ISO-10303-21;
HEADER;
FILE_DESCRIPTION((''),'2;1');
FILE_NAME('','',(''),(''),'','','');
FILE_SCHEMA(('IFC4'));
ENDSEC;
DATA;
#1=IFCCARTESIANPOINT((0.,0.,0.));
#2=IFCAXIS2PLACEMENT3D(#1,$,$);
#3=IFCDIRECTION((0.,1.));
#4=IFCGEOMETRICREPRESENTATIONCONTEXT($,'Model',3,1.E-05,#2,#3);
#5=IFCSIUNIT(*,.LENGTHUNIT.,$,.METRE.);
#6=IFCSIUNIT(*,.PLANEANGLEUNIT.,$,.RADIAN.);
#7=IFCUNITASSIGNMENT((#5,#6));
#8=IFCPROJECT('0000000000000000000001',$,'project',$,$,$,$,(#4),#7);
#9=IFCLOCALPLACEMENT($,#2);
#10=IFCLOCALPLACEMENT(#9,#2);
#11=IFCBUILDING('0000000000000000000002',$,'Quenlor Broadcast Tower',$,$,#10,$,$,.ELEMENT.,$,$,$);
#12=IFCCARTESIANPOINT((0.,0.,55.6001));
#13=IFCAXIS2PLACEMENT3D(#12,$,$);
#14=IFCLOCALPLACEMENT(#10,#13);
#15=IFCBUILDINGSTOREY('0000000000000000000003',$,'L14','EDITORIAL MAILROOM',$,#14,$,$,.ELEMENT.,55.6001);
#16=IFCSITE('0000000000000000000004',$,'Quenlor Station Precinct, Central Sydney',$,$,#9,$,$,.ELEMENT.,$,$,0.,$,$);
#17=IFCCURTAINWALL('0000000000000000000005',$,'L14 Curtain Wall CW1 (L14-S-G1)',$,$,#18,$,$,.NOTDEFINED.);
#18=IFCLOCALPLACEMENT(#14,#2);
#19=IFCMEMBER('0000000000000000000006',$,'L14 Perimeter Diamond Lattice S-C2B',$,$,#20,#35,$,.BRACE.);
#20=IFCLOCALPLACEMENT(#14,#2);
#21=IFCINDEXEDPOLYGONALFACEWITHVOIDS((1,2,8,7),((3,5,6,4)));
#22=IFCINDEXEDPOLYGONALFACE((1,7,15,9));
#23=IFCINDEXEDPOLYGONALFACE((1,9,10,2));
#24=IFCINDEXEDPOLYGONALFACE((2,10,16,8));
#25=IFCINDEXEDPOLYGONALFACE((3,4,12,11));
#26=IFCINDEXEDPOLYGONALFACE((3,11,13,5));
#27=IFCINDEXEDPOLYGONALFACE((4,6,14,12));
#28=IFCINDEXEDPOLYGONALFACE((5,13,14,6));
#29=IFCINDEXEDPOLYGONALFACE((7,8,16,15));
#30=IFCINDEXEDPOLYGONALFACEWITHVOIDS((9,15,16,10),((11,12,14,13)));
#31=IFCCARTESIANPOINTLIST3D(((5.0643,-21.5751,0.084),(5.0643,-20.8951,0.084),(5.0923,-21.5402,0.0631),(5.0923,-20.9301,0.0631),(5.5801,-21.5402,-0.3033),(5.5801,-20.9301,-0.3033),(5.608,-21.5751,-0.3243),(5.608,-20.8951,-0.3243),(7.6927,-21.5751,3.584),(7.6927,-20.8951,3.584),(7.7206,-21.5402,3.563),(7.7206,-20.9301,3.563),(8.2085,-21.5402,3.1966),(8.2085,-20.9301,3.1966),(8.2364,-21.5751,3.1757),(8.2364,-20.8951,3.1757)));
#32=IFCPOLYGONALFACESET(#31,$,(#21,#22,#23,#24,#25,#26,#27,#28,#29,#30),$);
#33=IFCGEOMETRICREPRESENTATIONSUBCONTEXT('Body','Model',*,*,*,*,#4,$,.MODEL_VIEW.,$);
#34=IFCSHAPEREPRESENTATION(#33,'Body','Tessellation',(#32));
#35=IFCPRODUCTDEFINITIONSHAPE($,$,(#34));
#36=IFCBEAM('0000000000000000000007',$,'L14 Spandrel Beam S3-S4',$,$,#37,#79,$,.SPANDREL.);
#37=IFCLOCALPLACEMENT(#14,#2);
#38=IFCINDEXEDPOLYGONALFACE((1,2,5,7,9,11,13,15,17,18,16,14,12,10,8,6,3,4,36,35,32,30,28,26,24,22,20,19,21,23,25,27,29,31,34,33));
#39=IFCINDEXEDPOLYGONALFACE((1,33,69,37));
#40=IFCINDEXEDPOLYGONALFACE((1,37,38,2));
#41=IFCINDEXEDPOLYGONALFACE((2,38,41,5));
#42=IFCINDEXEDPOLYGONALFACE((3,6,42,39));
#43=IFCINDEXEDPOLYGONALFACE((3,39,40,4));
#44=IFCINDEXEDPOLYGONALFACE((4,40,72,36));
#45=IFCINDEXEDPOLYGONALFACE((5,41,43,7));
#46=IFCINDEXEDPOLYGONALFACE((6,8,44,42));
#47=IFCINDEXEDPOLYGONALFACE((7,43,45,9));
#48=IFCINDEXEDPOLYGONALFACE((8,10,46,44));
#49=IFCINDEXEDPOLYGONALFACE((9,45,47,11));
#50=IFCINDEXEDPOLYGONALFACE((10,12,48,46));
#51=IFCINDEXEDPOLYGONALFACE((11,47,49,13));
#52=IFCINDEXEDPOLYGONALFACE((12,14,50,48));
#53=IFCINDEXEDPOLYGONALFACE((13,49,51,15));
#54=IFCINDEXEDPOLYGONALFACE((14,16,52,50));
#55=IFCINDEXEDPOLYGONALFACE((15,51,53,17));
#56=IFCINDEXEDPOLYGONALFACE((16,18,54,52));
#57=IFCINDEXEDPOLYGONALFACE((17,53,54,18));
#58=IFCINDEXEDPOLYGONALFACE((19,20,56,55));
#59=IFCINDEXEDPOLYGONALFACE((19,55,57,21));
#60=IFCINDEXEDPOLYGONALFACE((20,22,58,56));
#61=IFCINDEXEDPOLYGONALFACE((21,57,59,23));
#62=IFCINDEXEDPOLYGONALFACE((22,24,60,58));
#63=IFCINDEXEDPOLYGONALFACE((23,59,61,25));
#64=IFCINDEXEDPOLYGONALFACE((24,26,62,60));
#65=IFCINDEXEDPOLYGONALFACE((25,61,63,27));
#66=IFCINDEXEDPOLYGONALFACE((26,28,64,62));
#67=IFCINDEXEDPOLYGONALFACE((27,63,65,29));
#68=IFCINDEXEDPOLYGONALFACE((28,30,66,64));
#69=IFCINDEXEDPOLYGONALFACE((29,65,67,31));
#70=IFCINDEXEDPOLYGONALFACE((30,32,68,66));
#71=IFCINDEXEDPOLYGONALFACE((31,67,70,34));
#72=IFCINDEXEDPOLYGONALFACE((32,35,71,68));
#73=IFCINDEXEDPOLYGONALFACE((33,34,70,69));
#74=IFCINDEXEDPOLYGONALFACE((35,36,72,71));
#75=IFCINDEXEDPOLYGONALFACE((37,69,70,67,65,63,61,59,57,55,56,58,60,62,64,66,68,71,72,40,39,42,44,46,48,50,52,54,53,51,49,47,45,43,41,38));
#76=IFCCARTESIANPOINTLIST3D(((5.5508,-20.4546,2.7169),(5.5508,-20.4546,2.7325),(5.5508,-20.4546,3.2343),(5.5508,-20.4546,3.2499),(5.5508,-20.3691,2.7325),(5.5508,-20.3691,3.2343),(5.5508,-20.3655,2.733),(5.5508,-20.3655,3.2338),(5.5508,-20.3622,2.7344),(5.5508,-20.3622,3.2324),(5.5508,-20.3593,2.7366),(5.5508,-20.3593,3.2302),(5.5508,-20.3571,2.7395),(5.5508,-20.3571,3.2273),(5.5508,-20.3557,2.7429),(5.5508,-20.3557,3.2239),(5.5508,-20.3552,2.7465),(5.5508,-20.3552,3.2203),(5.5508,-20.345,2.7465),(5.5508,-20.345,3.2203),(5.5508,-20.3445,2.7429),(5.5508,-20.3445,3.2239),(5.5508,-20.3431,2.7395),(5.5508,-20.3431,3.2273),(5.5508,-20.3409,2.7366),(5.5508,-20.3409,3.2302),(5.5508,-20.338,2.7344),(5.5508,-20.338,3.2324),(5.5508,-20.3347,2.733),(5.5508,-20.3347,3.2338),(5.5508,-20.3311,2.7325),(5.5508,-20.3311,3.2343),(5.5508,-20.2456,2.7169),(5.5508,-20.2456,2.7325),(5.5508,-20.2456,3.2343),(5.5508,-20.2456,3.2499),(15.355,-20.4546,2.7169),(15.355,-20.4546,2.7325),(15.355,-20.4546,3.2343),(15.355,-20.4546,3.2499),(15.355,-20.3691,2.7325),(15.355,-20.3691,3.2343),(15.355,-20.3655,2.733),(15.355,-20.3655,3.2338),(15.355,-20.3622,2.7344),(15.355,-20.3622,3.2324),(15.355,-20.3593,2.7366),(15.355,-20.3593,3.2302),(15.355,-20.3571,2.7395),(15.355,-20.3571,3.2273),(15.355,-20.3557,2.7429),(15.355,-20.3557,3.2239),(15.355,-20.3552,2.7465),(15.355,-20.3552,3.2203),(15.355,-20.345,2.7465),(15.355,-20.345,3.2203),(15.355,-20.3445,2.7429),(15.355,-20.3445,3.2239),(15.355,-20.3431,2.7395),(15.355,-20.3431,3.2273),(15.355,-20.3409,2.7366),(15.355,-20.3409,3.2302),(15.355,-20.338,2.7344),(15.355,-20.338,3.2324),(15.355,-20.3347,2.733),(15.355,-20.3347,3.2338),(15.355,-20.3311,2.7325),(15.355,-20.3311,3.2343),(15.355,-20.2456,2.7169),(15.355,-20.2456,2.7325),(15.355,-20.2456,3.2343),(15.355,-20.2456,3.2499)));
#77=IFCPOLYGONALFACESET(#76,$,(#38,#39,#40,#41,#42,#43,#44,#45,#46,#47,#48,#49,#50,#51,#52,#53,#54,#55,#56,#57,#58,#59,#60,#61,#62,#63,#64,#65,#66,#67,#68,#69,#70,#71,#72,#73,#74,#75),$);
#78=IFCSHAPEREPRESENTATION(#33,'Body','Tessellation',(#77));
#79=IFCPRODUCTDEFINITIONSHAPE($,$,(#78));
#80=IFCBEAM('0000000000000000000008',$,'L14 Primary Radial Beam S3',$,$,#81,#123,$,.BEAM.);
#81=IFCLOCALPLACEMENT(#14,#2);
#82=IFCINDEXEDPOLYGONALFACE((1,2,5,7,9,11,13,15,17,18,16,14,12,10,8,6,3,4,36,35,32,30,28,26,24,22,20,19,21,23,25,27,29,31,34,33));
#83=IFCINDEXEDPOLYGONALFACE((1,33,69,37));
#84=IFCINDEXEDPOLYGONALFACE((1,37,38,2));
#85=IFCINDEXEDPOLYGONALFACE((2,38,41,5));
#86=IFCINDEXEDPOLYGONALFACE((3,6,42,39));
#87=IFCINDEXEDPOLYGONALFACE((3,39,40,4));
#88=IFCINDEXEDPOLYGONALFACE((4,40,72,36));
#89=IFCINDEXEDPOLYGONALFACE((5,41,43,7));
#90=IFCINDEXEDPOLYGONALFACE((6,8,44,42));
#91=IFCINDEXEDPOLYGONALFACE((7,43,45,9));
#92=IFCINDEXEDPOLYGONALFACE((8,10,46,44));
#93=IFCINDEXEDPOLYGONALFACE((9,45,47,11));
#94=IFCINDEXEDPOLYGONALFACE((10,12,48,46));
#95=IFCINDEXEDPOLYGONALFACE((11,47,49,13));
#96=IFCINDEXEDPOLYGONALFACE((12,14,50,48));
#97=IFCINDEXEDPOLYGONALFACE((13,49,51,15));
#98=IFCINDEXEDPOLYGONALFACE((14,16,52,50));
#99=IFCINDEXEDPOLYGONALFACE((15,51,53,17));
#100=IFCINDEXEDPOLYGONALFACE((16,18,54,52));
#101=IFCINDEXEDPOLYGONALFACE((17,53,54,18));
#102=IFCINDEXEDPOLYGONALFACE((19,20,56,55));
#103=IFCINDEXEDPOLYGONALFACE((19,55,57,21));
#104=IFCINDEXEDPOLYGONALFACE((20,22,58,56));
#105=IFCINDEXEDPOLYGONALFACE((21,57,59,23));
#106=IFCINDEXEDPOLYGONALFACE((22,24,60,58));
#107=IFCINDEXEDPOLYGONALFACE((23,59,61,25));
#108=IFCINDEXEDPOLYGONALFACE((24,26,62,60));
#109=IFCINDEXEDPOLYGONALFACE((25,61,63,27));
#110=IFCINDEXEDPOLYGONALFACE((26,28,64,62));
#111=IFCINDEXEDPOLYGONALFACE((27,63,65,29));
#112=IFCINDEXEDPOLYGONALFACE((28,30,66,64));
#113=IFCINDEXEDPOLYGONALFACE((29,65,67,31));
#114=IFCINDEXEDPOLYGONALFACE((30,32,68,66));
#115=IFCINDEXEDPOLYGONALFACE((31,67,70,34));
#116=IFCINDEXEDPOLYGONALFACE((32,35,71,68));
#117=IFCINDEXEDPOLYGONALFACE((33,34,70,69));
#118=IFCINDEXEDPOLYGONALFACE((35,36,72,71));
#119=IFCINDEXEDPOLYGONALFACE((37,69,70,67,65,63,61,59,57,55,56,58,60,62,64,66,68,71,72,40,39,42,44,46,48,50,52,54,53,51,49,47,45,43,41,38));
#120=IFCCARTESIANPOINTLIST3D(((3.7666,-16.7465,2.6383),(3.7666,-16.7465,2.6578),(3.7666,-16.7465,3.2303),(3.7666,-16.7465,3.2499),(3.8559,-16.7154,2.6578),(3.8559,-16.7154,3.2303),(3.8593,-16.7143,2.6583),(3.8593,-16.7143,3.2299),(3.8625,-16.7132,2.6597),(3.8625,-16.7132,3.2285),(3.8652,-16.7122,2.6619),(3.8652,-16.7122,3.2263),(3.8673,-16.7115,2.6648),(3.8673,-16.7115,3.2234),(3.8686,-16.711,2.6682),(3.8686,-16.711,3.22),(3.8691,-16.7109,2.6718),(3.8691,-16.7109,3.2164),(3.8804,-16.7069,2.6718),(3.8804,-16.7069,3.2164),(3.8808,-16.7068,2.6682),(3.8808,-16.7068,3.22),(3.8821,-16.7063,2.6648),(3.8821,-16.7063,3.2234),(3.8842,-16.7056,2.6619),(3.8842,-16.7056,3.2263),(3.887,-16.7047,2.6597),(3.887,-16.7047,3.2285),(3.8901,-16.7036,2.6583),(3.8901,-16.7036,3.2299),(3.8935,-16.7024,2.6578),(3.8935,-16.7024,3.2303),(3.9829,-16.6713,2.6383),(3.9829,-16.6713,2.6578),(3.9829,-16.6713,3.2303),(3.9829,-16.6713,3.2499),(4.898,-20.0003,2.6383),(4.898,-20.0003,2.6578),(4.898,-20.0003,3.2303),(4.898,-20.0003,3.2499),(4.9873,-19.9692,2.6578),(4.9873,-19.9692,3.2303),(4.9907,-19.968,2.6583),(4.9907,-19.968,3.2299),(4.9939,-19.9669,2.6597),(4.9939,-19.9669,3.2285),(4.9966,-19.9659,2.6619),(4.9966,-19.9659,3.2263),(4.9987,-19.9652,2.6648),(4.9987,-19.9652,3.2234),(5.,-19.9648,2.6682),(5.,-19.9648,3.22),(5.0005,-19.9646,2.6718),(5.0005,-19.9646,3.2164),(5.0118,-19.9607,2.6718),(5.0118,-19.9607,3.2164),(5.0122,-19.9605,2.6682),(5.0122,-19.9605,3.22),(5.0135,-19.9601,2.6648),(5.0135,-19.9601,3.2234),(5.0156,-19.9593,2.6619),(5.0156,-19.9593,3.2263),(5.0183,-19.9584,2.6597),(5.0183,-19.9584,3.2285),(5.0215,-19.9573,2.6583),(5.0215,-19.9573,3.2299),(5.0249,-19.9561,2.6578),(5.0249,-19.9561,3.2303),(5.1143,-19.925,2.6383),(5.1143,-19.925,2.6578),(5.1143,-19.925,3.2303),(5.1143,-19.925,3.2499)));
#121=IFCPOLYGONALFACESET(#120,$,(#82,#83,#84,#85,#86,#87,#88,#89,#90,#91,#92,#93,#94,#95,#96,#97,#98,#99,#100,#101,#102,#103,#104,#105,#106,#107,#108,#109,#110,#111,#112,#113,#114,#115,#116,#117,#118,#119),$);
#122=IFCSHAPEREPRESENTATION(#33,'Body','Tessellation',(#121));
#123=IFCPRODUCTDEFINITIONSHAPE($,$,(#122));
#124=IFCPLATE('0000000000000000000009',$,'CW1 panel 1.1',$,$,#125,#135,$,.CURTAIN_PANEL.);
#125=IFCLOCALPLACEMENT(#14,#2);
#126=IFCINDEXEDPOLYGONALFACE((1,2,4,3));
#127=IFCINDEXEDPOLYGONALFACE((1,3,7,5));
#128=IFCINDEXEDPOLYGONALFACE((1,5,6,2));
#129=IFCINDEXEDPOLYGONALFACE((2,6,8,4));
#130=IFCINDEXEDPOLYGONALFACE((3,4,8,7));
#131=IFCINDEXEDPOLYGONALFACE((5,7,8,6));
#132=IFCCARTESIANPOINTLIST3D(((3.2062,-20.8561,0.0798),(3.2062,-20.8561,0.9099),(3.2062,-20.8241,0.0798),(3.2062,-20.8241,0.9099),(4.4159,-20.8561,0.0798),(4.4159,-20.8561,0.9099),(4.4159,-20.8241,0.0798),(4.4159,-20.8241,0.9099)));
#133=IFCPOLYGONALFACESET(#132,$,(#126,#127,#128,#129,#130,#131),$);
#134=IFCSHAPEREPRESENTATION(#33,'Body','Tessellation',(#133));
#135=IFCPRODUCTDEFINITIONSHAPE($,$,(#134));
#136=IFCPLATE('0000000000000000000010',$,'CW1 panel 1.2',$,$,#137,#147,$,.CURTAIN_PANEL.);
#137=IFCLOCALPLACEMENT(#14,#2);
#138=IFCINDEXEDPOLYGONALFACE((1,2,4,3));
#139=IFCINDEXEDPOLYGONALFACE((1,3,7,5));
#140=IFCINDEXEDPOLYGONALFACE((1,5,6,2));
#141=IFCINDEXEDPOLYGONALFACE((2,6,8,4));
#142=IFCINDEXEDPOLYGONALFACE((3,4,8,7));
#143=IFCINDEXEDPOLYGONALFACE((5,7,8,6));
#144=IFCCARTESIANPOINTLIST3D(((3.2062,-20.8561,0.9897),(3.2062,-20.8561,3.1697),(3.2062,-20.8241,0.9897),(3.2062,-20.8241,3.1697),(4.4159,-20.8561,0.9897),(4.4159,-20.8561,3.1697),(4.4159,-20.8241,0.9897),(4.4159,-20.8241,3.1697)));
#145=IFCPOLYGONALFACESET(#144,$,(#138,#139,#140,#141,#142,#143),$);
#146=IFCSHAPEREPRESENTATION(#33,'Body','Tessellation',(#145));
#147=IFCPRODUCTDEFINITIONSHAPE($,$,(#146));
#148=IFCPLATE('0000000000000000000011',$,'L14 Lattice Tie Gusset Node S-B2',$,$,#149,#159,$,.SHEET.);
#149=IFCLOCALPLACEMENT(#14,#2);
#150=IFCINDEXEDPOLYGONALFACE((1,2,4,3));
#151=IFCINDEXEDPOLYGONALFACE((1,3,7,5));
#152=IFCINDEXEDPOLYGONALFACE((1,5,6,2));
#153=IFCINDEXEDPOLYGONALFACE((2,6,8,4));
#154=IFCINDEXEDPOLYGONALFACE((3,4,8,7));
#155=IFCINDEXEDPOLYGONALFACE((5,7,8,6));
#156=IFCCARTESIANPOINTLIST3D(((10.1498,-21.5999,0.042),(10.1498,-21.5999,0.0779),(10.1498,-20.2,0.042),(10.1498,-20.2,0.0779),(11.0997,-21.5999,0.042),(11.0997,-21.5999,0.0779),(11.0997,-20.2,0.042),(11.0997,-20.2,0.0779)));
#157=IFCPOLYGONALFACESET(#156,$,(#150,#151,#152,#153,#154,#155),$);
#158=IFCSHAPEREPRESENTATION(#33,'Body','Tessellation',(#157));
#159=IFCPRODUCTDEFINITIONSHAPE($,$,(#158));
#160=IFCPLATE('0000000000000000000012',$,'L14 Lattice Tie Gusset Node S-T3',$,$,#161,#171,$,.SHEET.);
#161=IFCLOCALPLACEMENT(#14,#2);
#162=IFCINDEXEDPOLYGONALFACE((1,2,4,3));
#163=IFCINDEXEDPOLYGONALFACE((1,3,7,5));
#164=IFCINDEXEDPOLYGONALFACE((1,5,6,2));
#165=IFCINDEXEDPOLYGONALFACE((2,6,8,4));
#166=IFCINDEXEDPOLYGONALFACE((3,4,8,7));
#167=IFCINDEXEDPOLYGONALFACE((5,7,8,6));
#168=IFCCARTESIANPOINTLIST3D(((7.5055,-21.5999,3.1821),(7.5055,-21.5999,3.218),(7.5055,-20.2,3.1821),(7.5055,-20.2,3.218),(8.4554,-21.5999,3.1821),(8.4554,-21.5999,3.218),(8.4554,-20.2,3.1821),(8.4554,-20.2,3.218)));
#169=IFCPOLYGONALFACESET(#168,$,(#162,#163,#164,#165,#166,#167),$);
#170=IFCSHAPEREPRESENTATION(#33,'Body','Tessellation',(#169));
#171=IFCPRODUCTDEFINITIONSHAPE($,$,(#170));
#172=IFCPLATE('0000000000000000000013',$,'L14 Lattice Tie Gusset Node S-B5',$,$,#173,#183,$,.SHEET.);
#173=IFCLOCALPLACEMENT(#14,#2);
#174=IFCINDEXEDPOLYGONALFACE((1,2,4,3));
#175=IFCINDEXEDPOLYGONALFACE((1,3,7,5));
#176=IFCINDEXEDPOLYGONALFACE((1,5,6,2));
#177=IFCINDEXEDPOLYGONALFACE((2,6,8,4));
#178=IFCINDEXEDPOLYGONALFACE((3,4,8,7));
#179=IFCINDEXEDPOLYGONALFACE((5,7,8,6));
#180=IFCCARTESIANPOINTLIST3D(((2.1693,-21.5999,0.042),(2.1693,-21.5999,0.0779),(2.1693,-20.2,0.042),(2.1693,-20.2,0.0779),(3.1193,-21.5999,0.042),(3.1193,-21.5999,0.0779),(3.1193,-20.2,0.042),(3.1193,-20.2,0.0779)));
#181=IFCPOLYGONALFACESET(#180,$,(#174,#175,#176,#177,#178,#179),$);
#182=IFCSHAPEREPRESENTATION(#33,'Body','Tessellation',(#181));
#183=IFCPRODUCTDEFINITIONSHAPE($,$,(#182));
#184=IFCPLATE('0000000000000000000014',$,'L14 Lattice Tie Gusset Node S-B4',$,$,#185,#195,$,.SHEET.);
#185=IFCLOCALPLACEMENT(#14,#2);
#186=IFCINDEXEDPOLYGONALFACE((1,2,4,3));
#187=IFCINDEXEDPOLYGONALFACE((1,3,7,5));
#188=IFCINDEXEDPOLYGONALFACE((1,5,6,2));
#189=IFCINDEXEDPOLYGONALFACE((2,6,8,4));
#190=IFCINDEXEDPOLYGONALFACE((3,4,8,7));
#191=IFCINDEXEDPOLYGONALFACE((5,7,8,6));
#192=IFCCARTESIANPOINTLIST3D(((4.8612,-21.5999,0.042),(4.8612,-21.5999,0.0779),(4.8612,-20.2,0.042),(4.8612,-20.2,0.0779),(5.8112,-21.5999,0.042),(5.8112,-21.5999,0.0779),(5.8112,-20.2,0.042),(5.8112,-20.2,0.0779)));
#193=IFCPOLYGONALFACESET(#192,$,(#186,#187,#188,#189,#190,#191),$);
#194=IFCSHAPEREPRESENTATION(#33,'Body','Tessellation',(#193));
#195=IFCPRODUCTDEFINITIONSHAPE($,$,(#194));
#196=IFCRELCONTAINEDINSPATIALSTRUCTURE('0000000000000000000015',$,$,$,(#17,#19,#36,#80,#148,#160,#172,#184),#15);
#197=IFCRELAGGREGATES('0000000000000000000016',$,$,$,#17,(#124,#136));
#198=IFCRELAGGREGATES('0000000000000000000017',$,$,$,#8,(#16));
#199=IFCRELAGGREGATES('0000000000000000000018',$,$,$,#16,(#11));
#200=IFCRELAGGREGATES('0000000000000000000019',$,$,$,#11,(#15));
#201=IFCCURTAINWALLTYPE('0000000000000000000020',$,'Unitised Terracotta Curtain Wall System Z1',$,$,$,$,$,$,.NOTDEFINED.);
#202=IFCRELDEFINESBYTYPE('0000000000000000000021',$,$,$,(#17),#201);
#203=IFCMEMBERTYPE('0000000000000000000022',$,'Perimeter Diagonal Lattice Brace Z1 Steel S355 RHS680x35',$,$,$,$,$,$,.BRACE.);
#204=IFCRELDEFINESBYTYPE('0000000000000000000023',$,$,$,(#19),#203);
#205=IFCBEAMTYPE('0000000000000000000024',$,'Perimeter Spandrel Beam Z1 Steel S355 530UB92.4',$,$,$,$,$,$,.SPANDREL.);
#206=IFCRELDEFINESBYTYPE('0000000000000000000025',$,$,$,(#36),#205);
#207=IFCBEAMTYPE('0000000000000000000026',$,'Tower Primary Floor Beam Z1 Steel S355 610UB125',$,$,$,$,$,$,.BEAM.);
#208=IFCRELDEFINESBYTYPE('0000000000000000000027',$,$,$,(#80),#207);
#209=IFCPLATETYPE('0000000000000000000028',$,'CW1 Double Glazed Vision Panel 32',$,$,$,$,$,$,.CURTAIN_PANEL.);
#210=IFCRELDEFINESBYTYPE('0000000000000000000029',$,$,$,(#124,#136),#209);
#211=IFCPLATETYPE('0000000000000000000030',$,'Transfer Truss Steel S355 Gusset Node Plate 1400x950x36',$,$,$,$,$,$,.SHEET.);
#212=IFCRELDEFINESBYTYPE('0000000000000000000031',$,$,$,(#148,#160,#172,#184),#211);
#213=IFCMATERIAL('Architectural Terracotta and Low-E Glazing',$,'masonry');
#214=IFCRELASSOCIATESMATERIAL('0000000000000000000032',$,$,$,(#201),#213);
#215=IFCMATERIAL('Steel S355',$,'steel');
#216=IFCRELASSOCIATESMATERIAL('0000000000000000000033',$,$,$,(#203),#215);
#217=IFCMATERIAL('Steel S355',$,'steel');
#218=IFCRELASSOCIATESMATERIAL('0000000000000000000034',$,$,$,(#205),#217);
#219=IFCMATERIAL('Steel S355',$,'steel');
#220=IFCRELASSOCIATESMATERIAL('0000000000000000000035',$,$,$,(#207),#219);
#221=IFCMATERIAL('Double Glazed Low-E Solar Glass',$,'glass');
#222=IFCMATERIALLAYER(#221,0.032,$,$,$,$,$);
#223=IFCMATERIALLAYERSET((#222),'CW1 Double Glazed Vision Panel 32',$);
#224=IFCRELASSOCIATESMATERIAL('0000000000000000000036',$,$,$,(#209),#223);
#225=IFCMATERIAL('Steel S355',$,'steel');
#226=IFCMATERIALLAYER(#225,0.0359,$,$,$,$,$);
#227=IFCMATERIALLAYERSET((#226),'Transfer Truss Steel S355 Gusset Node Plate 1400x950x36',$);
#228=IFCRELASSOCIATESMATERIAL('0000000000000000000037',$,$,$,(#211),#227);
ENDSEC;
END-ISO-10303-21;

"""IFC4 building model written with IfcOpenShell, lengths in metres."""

from ifc_helpers import new_model, si_unit, direction, frame, origin, origin_2d, place, context, subcontext, project, spatial, rectangle, hollow_rectangle, i_section, extrude, material, layer, layer_set, material_profile, profile_set, type_object, element, aggregate, save


model = new_model("IFC4")

# Units and contexts
model_context = context("Model", 3, precision=1e-05, world=origin(), true_north=direction((0.0, 1.0)))
body_context = subcontext(model_context, "Body", "Model", "MODEL_VIEW")
ifc_project = project(units=[si_unit("LENGTHUNIT", "METRE"), si_unit("PLANEANGLEUNIT", "RADIAN")], contexts=[model_context])

# Site, building, storey
site_placement = place(None, origin())
site = spatial("IfcSite", under=ifc_project, at=site_placement, Name="Quenlor Station Precinct, Central Sydney", CompositionType="ELEMENT", RefElevation=0.0)
building_placement = place(site_placement, origin())
building = spatial("IfcBuilding", under=site, at=building_placement, Name="Quenlor Broadcast Tower", CompositionType="ELEMENT")
storey_placement = place(building_placement, frame((0.0, 0.0, 55.6001)))
storey = spatial("IfcBuildingStorey", under=building, at=storey_placement, Name="L14", Description="EDITORIAL MAILROOM", CompositionType="ELEMENT", Elevation=55.6001)

# Curtain wall
ifc_material_1 = material(Name="Architectural Terracotta and Low-E Glazing", Category="masonry")
curtain_wall_type = type_object("IfcCurtainWallType", Name="Unitised Terracotta Curtain Wall System Z1", PredefinedType="NOTDEFINED", material=ifc_material_1)
curtain_wall_placement = place(storey_placement, origin())
curtain_wall = element("IfcCurtainWall", 1, at=curtain_wall_placement, inside=storey, type_object=curtain_wall_type, Name="L14 Curtain Wall CW1 (L14-S-G1)", PredefinedType="NOTDEFINED")

# Member
ifc_material_2 = material(Name="Steel S355", Category="steel")
ifc_material_profile_1 = material_profile(ifc_material_2, hollow_rectangle(XDim=0.6799, YDim=0.6799, WallThickness=0.0349, at=origin_2d()))
ifc_profile_set_1 = profile_set([ifc_material_profile_1], Name="Steel S355 RHS680x680x35")
member_type_1 = type_object("IfcMemberType", Name="Perimeter Diagonal Lattice Brace Z1 Steel S355 RHS680x35", PredefinedType="BRACE", material=ifc_profile_set_1)
for number, where, z_axis, x_axis, name in (
    (2, (5.3362, -21.2351, -0.1201), (0.6005, 0.0, 0.799625), (0.0, 1.0, 0.0), "L14 Perimeter Diamond Lattice S-C2B"),
):
    element("IfcMember", number, at=place(storey_placement, frame(where, z_axis=z_axis, x_axis=x_axis)), inside=storey, type_object=member_type_1, Name=name, PredefinedType="BRACE", context=body_context, shape_type="SweptSolid", body=[
        extrude(hollow_rectangle(XDim=0.6799, YDim=0.6799, WallThickness=0.0349, at=origin_2d()), origin(), (0.0, 0.0, 1.0), 4.377),
    ])

# Beams
ifc_material_3 = material(Name="Steel S355", Category="steel")
ifc_material_profile_2 = material_profile(ifc_material_3, i_section(OverallWidth=0.209, OverallDepth=0.533, WebThickness=0.0103, FlangeThickness=0.0156, FilletRadius=0.0139, at=origin_2d()))
ifc_profile_set_2 = profile_set([ifc_material_profile_2], Name="Steel S355 530UB92.4")
beam_type_1 = type_object("IfcBeamType", Name="Perimeter Spandrel Beam Z1 Steel S355 530UB92.4", PredefinedType="SPANDREL", material=ifc_profile_set_2)
beam_1_placement = place(storey_placement, frame((5.5508, -20.3501, 2.9834), z_axis=(1.0, 0.0, 0.0), x_axis=(0.0, 1.0, 0.0)))
element("IfcBeam", 3, at=beam_1_placement, inside=storey, type_object=beam_type_1, Name="L14 Spandrel Beam S3-S4", PredefinedType="SPANDREL", context=body_context, shape_type="SweptSolid", body=[
    extrude(i_section(OverallWidth=0.209, OverallDepth=0.533, WebThickness=0.0103, FlangeThickness=0.0156, FilletRadius=0.0139, at=origin_2d()), origin(), (0.0, 0.0, 1.0), 9.8042),
])
ifc_material_4 = material(Name="Steel S355", Category="steel")
ifc_material_profile_3 = material_profile(ifc_material_4, i_section(OverallWidth=0.229, OverallDepth=0.6116, WebThickness=0.012, FlangeThickness=0.0195, FilletRadius=0.0139, at=origin_2d()))
ifc_profile_set_3 = profile_set([ifc_material_profile_3], Name="Steel S355 610UB125")
beam_type_2 = type_object("IfcBeamType", Name="Tower Primary Floor Beam Z1 Steel S355 610UB125", PredefinedType="BEAM", material=ifc_profile_set_3)
beam_2_placement = place(storey_placement, frame((5.0061, -19.9626, 2.9441), z_axis=(-0.328427, 0.944529, 0.0), x_axis=(-0.944529, -0.328427, 0.0)))
element("IfcBeam", 4, at=beam_2_placement, inside=storey, type_object=beam_type_2, Name="L14 Primary Radial Beam S3", PredefinedType="BEAM", context=body_context, shape_type="SweptSolid", body=[
    extrude(i_section(OverallWidth=0.229, OverallDepth=0.6116, WebThickness=0.012, FlangeThickness=0.0195, FilletRadius=0.0139, at=origin_2d()), origin(), (0.0, 0.0, 1.0), 3.4448),
])

# Plates
ifc_material_5 = material(Name="Double Glazed Low-E Solar Glass", Category="glass")
ifc_layer_1 = layer(ifc_material_5, 0.032)
ifc_layer_set_1 = layer_set([ifc_layer_1], Name="CW1 Double Glazed Vision Panel 32")
plate_type_1 = type_object("IfcPlateType", Name="CW1 Double Glazed Vision Panel 32", PredefinedType="CURTAIN_PANEL", material=ifc_layer_set_1)
plate_1_placement = place(storey_placement, frame((3.811, -20.8401, 0.0798), z_axis=(0.0, 0.0, 1.0), x_axis=(-1.0, 0.0, 0.0)))
plate_1 = element("IfcPlate", 5, at=plate_1_placement, type_object=plate_type_1, Name="CW1 panel 1.1", PredefinedType="CURTAIN_PANEL", context=body_context, shape_type="SweptSolid", body=[
    extrude(rectangle(XDim=1.2097, YDim=0.032, at=origin_2d()), origin(), (0.0, 0.0, 1.0), 0.8301),
])
plate_2_placement = place(storey_placement, frame((3.811, -20.8401, 0.9897), z_axis=(0.0, 0.0, 1.0), x_axis=(-1.0, 0.0, 0.0)))
plate_2 = element("IfcPlate", 6, at=plate_2_placement, type_object=plate_type_1, Name="CW1 panel 1.2", PredefinedType="CURTAIN_PANEL", context=body_context, shape_type="SweptSolid", body=[
    extrude(rectangle(XDim=1.2097, YDim=0.032, at=origin_2d()), origin(), (0.0, 0.0, 1.0), 2.1799),
])
aggregate(curtain_wall, [plate_1, plate_2])

# Plates
ifc_material_6 = material(Name="Steel S355", Category="steel")
ifc_layer_2 = layer(ifc_material_6, 0.0359)
ifc_layer_set_2 = layer_set([ifc_layer_2], Name="Transfer Truss Steel S355 Gusset Node Plate 1400x950x36")
plate_type_2 = type_object("IfcPlateType", Name="Transfer Truss Steel S355 Gusset Node Plate 1400x950x36", PredefinedType="SHEET", material=ifc_layer_set_2)
for number, where, z_axis, x_axis, name in (
    (7, (10.6248, -20.8999, 0.042), (0.0, 0.0, 1.0), (0.0, -1.0, 0.0), "L14 Lattice Tie Gusset Node S-B2"),
    (8, (7.9805, -20.8999, 3.1821), (0.0, 0.0, 1.0), (0.0, -1.0, 0.0), "L14 Lattice Tie Gusset Node S-T3"),
    (9, (2.6443, -20.8999, 0.042), (0.0, 0.0, 1.0), (0.0, -1.0, 0.0), "L14 Lattice Tie Gusset Node S-B5"),
    (10, (5.3362, -20.8999, 0.042), (0.0, 0.0, 1.0), (0.0, -1.0, 0.0), "L14 Lattice Tie Gusset Node S-B4"),
):
    element("IfcPlate", number, at=place(storey_placement, frame(where, z_axis=z_axis, x_axis=x_axis)), inside=storey, type_object=plate_type_2, Name=name, PredefinedType="SHEET", context=body_context, shape_type="SweptSolid", body=[
        extrude(rectangle(XDim=1.3999, YDim=0.95, at=origin_2d()), origin(), (0.0, 0.0, 1.0), 0.0359),
    ])

save(model, "model.ifc")
